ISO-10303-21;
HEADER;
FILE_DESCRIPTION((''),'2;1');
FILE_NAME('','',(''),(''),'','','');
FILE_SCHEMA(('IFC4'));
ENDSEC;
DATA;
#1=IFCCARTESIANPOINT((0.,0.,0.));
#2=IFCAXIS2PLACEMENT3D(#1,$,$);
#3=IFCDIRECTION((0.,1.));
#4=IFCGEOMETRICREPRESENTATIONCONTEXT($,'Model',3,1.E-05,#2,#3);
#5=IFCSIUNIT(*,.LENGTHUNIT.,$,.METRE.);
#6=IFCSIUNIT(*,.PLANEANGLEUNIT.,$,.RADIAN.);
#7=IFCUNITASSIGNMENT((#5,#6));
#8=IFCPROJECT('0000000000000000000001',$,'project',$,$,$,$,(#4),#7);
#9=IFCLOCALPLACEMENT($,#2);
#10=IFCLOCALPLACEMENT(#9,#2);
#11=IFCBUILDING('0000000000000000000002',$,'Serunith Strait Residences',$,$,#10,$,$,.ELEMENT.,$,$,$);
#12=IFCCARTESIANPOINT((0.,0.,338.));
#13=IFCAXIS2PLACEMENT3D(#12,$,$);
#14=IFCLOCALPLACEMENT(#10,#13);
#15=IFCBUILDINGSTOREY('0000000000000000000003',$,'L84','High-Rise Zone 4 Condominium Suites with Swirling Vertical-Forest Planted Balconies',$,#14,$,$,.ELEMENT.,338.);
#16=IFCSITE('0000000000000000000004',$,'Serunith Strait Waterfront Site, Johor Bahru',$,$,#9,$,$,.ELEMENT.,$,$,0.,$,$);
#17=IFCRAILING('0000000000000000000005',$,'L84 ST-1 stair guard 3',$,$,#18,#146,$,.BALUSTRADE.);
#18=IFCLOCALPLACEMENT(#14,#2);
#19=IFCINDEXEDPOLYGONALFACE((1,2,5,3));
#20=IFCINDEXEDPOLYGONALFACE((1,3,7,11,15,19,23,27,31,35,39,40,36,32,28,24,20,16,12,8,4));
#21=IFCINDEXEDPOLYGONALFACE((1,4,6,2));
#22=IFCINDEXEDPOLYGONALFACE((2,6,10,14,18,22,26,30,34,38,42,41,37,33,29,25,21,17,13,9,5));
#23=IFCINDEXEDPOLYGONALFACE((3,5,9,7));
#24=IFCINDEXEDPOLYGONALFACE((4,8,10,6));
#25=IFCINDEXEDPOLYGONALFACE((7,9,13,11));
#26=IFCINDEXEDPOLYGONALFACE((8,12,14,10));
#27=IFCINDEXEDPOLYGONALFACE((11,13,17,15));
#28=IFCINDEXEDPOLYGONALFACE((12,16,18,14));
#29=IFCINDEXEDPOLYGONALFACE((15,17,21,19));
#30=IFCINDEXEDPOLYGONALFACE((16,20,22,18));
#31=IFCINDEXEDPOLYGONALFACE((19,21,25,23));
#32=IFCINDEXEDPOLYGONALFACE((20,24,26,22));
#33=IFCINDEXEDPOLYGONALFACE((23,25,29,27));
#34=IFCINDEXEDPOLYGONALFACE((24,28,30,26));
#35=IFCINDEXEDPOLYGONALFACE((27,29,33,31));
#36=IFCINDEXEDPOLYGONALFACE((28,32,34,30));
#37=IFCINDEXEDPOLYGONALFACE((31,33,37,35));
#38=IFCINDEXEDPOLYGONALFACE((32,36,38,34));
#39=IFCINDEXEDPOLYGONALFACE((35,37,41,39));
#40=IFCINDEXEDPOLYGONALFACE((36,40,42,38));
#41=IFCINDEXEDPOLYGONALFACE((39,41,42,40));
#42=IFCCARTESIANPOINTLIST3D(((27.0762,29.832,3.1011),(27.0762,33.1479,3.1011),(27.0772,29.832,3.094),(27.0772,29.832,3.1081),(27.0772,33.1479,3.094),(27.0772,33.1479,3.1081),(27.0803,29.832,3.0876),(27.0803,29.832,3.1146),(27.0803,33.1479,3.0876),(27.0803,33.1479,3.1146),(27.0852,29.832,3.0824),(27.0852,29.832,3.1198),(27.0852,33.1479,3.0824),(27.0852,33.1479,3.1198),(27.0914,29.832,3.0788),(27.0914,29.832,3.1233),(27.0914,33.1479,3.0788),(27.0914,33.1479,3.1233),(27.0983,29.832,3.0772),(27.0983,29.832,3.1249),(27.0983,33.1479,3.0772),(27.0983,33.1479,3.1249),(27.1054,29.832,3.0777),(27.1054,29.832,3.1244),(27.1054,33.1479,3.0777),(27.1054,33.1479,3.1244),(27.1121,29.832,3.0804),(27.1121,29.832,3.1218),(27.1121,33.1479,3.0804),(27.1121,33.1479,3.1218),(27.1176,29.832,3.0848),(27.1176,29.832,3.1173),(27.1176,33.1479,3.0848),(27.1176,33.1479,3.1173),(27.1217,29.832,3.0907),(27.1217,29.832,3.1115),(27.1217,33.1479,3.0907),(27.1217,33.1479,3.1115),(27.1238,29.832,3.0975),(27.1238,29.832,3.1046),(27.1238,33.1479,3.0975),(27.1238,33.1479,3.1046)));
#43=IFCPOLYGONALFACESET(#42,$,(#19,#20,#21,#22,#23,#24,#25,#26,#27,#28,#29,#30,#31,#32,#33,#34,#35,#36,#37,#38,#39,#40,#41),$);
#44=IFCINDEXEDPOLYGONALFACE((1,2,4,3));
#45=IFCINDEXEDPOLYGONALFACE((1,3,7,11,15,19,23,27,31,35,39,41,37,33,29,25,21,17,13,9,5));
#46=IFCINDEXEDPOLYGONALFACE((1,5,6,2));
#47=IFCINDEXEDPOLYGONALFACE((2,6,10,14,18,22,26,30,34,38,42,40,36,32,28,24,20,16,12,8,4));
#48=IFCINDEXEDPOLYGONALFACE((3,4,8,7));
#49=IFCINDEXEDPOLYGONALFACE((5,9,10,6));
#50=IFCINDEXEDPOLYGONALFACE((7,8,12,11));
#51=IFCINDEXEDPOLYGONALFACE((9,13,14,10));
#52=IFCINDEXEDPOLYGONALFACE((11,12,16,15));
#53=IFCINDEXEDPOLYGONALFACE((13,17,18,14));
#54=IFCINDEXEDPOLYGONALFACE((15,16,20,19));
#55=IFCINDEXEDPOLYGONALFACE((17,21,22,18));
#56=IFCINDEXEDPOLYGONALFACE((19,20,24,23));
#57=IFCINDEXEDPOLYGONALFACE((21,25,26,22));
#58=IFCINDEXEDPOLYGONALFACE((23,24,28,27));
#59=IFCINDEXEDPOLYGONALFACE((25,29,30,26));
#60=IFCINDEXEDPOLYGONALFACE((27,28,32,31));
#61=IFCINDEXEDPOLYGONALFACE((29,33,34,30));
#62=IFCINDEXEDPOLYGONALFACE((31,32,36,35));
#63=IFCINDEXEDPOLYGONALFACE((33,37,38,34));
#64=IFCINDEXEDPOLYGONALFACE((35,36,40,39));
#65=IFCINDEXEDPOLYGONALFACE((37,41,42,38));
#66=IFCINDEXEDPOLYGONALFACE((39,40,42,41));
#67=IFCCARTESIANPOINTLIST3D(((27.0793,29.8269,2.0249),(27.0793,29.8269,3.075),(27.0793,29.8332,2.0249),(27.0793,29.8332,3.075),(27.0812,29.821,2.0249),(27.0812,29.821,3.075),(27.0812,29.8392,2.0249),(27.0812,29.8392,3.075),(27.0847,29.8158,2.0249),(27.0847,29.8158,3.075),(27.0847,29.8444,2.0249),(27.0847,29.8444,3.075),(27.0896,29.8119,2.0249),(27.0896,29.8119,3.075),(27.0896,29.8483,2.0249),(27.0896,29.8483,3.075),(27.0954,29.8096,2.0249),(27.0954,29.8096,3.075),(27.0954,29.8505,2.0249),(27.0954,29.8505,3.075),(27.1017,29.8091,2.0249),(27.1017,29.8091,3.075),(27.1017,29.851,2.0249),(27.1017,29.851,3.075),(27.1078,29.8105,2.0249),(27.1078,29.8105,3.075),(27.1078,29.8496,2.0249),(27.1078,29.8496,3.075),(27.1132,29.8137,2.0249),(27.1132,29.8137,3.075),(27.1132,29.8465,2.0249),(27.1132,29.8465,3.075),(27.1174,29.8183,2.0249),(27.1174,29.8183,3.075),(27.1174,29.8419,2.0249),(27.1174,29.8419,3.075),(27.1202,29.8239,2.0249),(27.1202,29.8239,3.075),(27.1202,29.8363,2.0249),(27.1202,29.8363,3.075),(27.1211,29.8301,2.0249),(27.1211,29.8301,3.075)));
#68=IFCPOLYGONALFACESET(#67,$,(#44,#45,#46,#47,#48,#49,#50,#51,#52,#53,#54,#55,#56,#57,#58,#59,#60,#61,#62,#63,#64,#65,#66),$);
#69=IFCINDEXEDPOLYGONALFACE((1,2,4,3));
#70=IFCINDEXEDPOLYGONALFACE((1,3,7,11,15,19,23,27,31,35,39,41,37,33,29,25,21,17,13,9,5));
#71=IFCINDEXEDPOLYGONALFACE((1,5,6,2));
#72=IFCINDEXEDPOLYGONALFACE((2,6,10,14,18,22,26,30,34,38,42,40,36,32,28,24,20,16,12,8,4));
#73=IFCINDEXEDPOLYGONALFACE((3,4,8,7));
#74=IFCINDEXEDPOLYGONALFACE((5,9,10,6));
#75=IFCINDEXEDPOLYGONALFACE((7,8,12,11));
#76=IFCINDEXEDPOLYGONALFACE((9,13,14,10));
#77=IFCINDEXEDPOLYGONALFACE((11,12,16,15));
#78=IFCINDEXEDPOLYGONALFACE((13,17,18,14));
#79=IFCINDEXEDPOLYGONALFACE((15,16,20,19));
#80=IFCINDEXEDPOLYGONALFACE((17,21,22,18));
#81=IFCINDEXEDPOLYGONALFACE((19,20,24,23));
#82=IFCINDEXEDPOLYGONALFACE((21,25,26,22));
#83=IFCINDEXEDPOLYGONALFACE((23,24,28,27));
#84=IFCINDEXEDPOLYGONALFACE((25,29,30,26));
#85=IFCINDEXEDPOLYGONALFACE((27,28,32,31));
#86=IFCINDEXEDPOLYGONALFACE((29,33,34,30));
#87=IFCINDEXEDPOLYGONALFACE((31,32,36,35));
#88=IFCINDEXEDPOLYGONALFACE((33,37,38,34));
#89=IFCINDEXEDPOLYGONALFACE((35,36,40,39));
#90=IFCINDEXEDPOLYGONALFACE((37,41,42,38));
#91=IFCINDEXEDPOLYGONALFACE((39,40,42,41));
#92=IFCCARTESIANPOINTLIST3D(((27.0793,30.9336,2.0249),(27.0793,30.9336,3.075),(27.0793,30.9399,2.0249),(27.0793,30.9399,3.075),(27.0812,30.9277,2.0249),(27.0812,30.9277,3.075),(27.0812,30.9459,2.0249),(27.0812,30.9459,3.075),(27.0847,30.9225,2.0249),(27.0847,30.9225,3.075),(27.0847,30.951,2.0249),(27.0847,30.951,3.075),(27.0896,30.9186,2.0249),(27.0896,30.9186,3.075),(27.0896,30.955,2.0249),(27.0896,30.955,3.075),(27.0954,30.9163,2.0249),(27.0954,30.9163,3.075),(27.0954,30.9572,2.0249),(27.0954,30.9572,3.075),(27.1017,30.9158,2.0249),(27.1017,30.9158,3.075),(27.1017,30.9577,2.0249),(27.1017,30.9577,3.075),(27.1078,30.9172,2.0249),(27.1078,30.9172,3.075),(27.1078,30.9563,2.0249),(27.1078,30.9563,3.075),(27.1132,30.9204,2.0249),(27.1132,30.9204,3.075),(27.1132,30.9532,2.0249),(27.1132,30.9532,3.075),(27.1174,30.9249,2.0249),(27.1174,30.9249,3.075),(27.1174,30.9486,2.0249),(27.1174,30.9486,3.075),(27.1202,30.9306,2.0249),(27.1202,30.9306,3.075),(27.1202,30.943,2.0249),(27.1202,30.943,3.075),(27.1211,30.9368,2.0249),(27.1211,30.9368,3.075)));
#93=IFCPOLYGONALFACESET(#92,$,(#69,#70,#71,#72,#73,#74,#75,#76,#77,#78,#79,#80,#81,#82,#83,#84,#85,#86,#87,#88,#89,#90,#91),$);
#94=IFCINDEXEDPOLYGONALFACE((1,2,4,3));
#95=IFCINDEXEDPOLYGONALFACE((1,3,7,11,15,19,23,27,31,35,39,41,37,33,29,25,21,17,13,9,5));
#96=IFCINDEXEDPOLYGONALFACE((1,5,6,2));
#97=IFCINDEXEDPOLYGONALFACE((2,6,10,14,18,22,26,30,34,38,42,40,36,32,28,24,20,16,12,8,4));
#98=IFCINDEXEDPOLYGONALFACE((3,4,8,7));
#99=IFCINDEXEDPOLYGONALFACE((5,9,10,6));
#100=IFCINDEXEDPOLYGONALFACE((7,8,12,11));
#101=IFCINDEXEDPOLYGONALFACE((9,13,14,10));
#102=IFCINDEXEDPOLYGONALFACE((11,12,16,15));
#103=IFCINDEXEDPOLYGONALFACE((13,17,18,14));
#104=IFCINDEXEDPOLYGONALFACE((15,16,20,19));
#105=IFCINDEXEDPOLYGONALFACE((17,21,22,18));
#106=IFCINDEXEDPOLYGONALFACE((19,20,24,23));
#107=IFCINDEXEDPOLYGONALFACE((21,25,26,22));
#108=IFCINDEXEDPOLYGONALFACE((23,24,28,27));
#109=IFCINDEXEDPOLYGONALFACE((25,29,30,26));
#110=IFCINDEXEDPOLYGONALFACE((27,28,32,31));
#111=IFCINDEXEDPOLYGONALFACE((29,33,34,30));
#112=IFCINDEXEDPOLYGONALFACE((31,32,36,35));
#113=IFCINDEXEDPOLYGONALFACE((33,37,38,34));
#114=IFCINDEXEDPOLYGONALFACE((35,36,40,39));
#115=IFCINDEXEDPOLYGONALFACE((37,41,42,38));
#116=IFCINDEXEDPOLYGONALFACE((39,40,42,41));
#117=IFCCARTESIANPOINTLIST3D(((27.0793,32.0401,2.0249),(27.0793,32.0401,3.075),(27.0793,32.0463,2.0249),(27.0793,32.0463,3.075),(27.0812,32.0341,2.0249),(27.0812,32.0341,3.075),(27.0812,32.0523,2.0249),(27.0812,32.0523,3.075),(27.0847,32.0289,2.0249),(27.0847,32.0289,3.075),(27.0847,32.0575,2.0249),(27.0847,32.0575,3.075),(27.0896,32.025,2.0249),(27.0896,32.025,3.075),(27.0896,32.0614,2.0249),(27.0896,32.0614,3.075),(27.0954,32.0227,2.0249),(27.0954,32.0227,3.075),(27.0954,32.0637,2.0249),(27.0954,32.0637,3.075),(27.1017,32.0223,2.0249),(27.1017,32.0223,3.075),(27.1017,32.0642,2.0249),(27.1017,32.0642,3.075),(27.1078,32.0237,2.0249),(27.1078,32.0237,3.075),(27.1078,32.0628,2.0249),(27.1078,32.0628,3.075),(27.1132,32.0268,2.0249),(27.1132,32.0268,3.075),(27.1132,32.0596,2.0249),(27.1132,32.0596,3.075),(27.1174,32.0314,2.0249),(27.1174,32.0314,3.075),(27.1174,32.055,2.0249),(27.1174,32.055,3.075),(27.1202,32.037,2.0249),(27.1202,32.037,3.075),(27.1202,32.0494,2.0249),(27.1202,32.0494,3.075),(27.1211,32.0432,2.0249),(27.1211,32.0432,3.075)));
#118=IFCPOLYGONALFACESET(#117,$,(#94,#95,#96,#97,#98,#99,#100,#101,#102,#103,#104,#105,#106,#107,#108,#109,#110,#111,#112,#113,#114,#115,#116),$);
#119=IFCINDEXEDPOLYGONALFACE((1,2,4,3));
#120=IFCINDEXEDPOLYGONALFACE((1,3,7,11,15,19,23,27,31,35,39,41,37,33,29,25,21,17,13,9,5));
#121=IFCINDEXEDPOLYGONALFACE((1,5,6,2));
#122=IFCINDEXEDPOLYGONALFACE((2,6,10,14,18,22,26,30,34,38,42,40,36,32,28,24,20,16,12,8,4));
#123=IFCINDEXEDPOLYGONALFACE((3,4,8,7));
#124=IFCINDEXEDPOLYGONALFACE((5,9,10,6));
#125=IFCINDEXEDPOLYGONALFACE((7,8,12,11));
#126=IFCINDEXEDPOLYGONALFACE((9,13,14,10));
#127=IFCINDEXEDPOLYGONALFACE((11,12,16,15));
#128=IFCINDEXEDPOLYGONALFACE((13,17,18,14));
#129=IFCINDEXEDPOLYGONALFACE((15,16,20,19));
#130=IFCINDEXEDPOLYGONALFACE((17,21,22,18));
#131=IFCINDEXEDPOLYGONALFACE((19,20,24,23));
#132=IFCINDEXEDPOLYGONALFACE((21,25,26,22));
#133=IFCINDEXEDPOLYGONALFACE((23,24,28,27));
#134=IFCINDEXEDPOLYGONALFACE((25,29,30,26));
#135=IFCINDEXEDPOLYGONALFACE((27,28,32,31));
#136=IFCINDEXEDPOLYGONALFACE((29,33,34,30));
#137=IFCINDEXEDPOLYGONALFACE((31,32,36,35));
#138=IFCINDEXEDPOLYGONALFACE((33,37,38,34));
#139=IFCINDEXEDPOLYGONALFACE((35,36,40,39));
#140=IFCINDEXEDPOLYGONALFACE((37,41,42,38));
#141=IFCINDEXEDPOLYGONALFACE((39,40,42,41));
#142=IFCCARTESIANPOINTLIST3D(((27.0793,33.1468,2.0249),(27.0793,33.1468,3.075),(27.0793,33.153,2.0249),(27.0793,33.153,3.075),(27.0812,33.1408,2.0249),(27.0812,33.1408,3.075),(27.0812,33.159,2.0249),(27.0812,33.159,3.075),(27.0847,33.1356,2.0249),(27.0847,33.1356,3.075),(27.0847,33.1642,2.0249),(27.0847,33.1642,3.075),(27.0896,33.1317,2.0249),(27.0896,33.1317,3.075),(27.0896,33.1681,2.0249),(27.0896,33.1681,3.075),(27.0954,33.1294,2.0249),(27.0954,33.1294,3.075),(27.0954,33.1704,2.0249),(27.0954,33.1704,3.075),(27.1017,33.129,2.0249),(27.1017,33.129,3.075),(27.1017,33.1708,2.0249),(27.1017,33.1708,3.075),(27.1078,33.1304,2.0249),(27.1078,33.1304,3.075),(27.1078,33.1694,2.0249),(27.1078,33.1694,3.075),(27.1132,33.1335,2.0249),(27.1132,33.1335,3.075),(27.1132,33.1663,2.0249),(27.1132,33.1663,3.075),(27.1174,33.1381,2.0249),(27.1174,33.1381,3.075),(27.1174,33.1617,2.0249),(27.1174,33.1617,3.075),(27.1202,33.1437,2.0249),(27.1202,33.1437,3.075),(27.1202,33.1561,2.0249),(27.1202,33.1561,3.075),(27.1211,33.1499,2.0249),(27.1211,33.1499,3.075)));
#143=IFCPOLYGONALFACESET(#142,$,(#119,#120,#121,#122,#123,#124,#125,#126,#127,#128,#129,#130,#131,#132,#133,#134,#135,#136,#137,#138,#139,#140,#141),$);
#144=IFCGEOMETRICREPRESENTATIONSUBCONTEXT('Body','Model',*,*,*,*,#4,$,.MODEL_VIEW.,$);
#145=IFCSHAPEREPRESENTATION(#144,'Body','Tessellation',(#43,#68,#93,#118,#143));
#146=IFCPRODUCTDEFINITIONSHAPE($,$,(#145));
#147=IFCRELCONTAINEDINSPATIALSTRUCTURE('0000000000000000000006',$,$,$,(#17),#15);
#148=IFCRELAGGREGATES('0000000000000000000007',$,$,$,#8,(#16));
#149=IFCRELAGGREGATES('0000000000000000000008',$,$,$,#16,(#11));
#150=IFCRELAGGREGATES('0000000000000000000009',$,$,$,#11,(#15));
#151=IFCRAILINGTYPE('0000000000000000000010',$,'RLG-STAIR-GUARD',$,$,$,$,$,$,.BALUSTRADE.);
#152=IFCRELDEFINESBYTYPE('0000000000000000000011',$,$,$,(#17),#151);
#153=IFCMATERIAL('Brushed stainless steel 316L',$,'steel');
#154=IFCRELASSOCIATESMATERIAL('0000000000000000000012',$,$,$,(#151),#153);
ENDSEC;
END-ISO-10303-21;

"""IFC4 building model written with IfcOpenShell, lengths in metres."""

from ifc_helpers import new_model, si_unit, direction, frame, origin, origin_2d, place, context, subcontext, project, spatial, circle, extrude, material, type_object, element, save


model = new_model("IFC4")

# Units and contexts
model_context = context("Model", 3, precision=1e-05, world=origin(), true_north=direction((0.0, 1.0)))
body_context = subcontext(model_context, "Body", "Model", "MODEL_VIEW")
ifc_project = project(units=[si_unit("LENGTHUNIT", "METRE"), si_unit("PLANEANGLEUNIT", "RADIAN")], contexts=[model_context])

# Site, building, storey
site_placement = place(None, origin())
site = spatial("IfcSite", under=ifc_project, at=site_placement, Name="Serunith Strait Waterfront Site, Johor Bahru", CompositionType="ELEMENT", RefElevation=0.0)
building_placement = place(site_placement, origin())
building = spatial("IfcBuilding", under=site, at=building_placement, Name="Serunith Strait Residences", CompositionType="ELEMENT")
storey_placement = place(building_placement, frame((0.0, 0.0, 338.0)))
storey = spatial("IfcBuildingStorey", under=building, at=storey_placement, Name="L84", Description="High-Rise Zone 4 Condominium Suites with Swirling Vertical-Forest Planted Balconies", CompositionType="ELEMENT", Elevation=338.0)

# Railing
ifc_material_1 = material(Name="Brushed stainless steel 316L", Category="steel")
railing_type_1 = type_object("IfcRailingType", Name="RLG-STAIR-GUARD", PredefinedType="BALUSTRADE", material=ifc_material_1)
for number, where, name in (
    (1, (27.1001, 29.8301, 2.0249), "L84 ST-1 stair guard 3"),
):
    element("IfcRailing", number, at=place(storey_placement, frame(where)), inside=storey, type_object=railing_type_1, Name=name, PredefinedType="BALUSTRADE", context=body_context, shape_type="SweptSolid", body=[
        extrude(circle(Radius=0.0239, at=origin_2d()), frame((0.0, 0.002, 1.0762), z_axis=(0.0, 1.0, 0.0), x_axis=(-1.0, 0.0, 0.0)), (0.0, 0.0, 1.0), 3.3159),
        extrude(circle(Radius=0.021, at=origin_2d()), origin(), (0.0, 0.0, 1.0), 1.05),
        extrude(circle(Radius=0.021, at=origin_2d()), frame((0.0, 1.1067, 0.0)), (0.0, 0.0, 1.0), 1.05),
        extrude(circle(Radius=0.021, at=origin_2d()), frame((0.0, 2.2131, 0.0)), (0.0, 0.0, 1.0), 1.05),
        extrude(circle(Radius=0.021, at=origin_2d()), frame((0.0, 3.3198, 0.0)), (0.0, 0.0, 1.0), 1.05),
    ])

save(model, "model.ifc")
